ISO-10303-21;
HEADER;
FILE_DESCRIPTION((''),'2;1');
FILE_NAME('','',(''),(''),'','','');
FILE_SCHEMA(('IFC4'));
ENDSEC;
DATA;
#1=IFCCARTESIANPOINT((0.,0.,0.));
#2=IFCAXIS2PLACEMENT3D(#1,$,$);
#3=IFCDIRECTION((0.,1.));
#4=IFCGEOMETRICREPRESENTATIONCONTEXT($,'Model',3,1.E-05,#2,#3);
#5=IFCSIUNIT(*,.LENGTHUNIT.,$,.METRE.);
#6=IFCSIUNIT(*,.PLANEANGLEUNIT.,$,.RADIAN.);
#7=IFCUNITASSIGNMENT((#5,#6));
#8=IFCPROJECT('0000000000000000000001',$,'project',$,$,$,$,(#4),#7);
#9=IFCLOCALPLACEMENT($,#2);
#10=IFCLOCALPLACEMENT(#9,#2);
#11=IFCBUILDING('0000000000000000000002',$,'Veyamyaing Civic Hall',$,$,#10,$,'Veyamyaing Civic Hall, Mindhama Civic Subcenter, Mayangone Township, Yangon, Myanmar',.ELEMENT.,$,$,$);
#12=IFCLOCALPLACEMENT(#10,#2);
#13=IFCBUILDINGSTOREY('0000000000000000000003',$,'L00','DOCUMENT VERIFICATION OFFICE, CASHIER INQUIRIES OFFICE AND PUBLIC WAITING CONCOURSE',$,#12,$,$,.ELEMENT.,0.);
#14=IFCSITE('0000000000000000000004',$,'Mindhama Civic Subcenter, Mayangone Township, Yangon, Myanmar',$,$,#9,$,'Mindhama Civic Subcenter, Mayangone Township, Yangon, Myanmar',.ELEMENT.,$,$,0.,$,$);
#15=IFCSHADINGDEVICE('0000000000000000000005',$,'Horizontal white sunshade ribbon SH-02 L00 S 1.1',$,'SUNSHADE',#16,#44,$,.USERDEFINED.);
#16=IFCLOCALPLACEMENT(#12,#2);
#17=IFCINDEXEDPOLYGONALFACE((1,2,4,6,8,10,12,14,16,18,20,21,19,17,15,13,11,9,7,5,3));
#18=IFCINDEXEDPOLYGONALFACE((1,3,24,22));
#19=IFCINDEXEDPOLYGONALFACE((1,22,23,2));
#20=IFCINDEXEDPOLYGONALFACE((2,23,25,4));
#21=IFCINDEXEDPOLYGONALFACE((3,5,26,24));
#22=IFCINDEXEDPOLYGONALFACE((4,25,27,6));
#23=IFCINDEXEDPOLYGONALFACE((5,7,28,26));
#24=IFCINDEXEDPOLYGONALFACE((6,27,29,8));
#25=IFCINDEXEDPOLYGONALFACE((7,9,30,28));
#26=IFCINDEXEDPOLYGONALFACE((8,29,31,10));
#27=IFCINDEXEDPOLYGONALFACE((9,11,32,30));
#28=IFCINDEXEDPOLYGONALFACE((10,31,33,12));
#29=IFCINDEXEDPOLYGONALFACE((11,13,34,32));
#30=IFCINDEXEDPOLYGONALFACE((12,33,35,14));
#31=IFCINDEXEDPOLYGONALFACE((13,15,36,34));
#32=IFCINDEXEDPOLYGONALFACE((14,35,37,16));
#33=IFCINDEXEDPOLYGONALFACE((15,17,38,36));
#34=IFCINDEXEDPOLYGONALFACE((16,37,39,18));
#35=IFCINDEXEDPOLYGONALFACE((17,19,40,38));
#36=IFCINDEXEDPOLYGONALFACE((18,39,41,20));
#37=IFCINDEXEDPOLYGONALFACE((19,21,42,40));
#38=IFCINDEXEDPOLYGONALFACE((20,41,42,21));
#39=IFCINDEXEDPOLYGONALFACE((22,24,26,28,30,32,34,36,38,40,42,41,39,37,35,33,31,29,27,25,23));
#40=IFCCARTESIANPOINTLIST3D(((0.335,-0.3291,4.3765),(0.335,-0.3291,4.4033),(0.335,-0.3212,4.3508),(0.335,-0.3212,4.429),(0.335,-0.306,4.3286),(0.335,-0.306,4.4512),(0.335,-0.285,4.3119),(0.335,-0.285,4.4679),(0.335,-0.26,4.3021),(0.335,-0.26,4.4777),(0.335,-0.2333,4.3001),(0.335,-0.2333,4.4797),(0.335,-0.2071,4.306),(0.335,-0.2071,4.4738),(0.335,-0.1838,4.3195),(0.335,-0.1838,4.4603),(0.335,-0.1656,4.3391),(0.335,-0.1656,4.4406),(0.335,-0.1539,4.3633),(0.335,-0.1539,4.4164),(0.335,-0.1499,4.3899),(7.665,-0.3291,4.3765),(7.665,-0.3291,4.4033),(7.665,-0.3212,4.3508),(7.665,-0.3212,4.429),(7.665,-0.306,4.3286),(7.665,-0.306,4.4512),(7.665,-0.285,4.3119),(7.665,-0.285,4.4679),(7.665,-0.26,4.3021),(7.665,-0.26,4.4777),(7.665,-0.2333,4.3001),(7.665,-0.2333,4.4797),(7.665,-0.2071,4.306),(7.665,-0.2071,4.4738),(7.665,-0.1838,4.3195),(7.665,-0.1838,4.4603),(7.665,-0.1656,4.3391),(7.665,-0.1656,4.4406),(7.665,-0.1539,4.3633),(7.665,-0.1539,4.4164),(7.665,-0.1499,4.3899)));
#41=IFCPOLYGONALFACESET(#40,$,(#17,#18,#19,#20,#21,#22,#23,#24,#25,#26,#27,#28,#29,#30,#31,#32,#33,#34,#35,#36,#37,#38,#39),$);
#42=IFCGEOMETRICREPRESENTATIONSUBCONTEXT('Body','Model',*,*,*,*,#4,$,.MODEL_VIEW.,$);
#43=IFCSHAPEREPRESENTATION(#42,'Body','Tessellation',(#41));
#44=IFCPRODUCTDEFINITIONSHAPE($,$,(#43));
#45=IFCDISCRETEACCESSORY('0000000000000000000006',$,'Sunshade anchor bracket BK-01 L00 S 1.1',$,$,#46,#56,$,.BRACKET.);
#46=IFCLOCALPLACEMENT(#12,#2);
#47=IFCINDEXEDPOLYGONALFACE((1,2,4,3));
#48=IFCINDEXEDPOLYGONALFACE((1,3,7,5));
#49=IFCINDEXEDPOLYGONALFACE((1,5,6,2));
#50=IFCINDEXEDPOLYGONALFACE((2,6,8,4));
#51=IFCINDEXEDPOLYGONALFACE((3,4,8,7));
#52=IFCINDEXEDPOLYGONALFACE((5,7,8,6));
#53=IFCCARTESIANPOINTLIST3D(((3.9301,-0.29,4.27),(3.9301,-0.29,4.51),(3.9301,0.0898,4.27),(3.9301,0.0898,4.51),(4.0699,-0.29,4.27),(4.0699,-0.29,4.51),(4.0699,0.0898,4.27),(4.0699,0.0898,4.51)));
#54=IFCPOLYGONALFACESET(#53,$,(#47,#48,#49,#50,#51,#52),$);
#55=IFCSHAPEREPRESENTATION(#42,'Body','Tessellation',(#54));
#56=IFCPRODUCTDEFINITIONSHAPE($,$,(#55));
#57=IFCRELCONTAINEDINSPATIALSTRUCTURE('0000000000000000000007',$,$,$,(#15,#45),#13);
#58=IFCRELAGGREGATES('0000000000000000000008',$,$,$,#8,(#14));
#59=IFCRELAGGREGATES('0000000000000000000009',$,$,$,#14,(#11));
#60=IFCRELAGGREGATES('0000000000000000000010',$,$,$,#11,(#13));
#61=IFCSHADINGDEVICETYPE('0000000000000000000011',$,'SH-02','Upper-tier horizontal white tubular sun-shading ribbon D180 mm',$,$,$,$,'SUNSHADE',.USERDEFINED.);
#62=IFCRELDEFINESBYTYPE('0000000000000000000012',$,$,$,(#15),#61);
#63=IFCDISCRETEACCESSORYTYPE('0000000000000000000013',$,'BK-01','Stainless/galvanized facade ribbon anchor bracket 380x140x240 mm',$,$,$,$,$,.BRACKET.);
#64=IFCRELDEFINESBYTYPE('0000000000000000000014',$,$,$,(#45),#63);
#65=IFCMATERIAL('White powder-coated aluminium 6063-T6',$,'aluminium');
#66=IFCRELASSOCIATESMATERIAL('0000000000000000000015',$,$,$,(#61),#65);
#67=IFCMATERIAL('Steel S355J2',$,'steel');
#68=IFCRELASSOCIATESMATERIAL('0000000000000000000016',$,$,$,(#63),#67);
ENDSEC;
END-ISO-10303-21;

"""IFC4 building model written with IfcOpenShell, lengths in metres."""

from ifc_helpers import new_model, si_unit, direction, frame, origin, origin_2d, place, context, subcontext, project, spatial, rectangle, circle, extrude, material, material_profile, profile_set, type_object, element, save


model = new_model("IFC4")

# Units and contexts
model_context = context("Model", 3, precision=1e-05, world=origin(), true_north=direction((0.0, 1.0)))
body_context = subcontext(model_context, "Body", "Model", "MODEL_VIEW")
ifc_project = project(units=[si_unit("LENGTHUNIT", "METRE"), si_unit("PLANEANGLEUNIT", "RADIAN")], contexts=[model_context])

# Site, building, storey
site_placement = place(None, origin())
site = spatial("IfcSite", under=ifc_project, at=site_placement, Name="Mindhama Civic Subcenter, Mayangone Township, Yangon, Myanmar", LongName="Mindhama Civic Subcenter, Mayangone Township, Yangon, Myanmar", CompositionType="ELEMENT", RefElevation=0.0)
building_placement = place(site_placement, origin())
building = spatial("IfcBuilding", under=site, at=building_placement, Name="Veyamyaing Civic Hall", LongName="Veyamyaing Civic Hall, Mindhama Civic Subcenter, Mayangone Township, Yangon, Myanmar", CompositionType="ELEMENT")
storey_placement = place(building_placement, origin())
storey = spatial("IfcBuildingStorey", under=building, at=storey_placement, Name="L00", Description="DOCUMENT VERIFICATION OFFICE, CASHIER INQUIRIES OFFICE AND PUBLIC WAITING CONCOURSE", CompositionType="ELEMENT", Elevation=0.0)

# Shared definitions
ifc_material_1 = material(Name="White powder-coated aluminium 6063-T6", Category="aluminium")

# Shading device
ifc_material_profile_1 = material_profile(ifc_material_1, circle(Radius=0.0901, at=origin_2d()), Name="SHADE-TUBE-180")
ifc_profile_set_1 = profile_set([ifc_material_profile_1], Name="White powder-coated aluminium 6063-T6")
shading_device_type = type_object("IfcShadingDeviceType", Name="SH-02", Description="Upper-tier horizontal white tubular sun-shading ribbon D180 mm", ElementType="SUNSHADE", PredefinedType="USERDEFINED", material=ifc_profile_set_1)
shading_device_placement = place(storey_placement, frame((0.335, -0.24, 4.3899), z_axis=(1.0, 0.0, 0.0), x_axis=(0.0, 1.0, 0.0)))
element("IfcShadingDevice", 1, at=shading_device_placement, inside=storey, type_object=shading_device_type, Name="Horizontal white sunshade ribbon SH-02 L00 S 1.1", ObjectType="SUNSHADE", PredefinedType="USERDEFINED", context=body_context, shape_type="SweptSolid", body=[
    extrude(circle(Radius=0.0901, at=origin_2d()), origin(), (0.0, 0.0, 1.0), 7.3301),
])

# Discrete accessory
ifc_material_2 = material(Name="Steel S355J2", Category="steel")
discrete_accessory_type = type_object("IfcDiscreteAccessoryType", Name="BK-01", Description="Stainless/galvanized facade ribbon anchor bracket 380x140x240 mm", PredefinedType="BRACKET", material=ifc_material_2)
discrete_accessory_placement = place(storey_placement, frame((4.0, -0.1001, 4.27), z_axis=(0.0, 0.0, 1.0), x_axis=(0.0, -1.0, 0.0)))
element("IfcDiscreteAccessory", 2, at=discrete_accessory_placement, inside=storey, type_object=discrete_accessory_type, Name="Sunshade anchor bracket BK-01 L00 S 1.1", PredefinedType="BRACKET", context=body_context, shape_type="SweptSolid", body=[
    extrude(rectangle(XDim=0.3799, YDim=0.1399, at=origin_2d()), origin(), (0.0, 0.0, 1.0), 0.24),
])

save(model, "model.ifc")
